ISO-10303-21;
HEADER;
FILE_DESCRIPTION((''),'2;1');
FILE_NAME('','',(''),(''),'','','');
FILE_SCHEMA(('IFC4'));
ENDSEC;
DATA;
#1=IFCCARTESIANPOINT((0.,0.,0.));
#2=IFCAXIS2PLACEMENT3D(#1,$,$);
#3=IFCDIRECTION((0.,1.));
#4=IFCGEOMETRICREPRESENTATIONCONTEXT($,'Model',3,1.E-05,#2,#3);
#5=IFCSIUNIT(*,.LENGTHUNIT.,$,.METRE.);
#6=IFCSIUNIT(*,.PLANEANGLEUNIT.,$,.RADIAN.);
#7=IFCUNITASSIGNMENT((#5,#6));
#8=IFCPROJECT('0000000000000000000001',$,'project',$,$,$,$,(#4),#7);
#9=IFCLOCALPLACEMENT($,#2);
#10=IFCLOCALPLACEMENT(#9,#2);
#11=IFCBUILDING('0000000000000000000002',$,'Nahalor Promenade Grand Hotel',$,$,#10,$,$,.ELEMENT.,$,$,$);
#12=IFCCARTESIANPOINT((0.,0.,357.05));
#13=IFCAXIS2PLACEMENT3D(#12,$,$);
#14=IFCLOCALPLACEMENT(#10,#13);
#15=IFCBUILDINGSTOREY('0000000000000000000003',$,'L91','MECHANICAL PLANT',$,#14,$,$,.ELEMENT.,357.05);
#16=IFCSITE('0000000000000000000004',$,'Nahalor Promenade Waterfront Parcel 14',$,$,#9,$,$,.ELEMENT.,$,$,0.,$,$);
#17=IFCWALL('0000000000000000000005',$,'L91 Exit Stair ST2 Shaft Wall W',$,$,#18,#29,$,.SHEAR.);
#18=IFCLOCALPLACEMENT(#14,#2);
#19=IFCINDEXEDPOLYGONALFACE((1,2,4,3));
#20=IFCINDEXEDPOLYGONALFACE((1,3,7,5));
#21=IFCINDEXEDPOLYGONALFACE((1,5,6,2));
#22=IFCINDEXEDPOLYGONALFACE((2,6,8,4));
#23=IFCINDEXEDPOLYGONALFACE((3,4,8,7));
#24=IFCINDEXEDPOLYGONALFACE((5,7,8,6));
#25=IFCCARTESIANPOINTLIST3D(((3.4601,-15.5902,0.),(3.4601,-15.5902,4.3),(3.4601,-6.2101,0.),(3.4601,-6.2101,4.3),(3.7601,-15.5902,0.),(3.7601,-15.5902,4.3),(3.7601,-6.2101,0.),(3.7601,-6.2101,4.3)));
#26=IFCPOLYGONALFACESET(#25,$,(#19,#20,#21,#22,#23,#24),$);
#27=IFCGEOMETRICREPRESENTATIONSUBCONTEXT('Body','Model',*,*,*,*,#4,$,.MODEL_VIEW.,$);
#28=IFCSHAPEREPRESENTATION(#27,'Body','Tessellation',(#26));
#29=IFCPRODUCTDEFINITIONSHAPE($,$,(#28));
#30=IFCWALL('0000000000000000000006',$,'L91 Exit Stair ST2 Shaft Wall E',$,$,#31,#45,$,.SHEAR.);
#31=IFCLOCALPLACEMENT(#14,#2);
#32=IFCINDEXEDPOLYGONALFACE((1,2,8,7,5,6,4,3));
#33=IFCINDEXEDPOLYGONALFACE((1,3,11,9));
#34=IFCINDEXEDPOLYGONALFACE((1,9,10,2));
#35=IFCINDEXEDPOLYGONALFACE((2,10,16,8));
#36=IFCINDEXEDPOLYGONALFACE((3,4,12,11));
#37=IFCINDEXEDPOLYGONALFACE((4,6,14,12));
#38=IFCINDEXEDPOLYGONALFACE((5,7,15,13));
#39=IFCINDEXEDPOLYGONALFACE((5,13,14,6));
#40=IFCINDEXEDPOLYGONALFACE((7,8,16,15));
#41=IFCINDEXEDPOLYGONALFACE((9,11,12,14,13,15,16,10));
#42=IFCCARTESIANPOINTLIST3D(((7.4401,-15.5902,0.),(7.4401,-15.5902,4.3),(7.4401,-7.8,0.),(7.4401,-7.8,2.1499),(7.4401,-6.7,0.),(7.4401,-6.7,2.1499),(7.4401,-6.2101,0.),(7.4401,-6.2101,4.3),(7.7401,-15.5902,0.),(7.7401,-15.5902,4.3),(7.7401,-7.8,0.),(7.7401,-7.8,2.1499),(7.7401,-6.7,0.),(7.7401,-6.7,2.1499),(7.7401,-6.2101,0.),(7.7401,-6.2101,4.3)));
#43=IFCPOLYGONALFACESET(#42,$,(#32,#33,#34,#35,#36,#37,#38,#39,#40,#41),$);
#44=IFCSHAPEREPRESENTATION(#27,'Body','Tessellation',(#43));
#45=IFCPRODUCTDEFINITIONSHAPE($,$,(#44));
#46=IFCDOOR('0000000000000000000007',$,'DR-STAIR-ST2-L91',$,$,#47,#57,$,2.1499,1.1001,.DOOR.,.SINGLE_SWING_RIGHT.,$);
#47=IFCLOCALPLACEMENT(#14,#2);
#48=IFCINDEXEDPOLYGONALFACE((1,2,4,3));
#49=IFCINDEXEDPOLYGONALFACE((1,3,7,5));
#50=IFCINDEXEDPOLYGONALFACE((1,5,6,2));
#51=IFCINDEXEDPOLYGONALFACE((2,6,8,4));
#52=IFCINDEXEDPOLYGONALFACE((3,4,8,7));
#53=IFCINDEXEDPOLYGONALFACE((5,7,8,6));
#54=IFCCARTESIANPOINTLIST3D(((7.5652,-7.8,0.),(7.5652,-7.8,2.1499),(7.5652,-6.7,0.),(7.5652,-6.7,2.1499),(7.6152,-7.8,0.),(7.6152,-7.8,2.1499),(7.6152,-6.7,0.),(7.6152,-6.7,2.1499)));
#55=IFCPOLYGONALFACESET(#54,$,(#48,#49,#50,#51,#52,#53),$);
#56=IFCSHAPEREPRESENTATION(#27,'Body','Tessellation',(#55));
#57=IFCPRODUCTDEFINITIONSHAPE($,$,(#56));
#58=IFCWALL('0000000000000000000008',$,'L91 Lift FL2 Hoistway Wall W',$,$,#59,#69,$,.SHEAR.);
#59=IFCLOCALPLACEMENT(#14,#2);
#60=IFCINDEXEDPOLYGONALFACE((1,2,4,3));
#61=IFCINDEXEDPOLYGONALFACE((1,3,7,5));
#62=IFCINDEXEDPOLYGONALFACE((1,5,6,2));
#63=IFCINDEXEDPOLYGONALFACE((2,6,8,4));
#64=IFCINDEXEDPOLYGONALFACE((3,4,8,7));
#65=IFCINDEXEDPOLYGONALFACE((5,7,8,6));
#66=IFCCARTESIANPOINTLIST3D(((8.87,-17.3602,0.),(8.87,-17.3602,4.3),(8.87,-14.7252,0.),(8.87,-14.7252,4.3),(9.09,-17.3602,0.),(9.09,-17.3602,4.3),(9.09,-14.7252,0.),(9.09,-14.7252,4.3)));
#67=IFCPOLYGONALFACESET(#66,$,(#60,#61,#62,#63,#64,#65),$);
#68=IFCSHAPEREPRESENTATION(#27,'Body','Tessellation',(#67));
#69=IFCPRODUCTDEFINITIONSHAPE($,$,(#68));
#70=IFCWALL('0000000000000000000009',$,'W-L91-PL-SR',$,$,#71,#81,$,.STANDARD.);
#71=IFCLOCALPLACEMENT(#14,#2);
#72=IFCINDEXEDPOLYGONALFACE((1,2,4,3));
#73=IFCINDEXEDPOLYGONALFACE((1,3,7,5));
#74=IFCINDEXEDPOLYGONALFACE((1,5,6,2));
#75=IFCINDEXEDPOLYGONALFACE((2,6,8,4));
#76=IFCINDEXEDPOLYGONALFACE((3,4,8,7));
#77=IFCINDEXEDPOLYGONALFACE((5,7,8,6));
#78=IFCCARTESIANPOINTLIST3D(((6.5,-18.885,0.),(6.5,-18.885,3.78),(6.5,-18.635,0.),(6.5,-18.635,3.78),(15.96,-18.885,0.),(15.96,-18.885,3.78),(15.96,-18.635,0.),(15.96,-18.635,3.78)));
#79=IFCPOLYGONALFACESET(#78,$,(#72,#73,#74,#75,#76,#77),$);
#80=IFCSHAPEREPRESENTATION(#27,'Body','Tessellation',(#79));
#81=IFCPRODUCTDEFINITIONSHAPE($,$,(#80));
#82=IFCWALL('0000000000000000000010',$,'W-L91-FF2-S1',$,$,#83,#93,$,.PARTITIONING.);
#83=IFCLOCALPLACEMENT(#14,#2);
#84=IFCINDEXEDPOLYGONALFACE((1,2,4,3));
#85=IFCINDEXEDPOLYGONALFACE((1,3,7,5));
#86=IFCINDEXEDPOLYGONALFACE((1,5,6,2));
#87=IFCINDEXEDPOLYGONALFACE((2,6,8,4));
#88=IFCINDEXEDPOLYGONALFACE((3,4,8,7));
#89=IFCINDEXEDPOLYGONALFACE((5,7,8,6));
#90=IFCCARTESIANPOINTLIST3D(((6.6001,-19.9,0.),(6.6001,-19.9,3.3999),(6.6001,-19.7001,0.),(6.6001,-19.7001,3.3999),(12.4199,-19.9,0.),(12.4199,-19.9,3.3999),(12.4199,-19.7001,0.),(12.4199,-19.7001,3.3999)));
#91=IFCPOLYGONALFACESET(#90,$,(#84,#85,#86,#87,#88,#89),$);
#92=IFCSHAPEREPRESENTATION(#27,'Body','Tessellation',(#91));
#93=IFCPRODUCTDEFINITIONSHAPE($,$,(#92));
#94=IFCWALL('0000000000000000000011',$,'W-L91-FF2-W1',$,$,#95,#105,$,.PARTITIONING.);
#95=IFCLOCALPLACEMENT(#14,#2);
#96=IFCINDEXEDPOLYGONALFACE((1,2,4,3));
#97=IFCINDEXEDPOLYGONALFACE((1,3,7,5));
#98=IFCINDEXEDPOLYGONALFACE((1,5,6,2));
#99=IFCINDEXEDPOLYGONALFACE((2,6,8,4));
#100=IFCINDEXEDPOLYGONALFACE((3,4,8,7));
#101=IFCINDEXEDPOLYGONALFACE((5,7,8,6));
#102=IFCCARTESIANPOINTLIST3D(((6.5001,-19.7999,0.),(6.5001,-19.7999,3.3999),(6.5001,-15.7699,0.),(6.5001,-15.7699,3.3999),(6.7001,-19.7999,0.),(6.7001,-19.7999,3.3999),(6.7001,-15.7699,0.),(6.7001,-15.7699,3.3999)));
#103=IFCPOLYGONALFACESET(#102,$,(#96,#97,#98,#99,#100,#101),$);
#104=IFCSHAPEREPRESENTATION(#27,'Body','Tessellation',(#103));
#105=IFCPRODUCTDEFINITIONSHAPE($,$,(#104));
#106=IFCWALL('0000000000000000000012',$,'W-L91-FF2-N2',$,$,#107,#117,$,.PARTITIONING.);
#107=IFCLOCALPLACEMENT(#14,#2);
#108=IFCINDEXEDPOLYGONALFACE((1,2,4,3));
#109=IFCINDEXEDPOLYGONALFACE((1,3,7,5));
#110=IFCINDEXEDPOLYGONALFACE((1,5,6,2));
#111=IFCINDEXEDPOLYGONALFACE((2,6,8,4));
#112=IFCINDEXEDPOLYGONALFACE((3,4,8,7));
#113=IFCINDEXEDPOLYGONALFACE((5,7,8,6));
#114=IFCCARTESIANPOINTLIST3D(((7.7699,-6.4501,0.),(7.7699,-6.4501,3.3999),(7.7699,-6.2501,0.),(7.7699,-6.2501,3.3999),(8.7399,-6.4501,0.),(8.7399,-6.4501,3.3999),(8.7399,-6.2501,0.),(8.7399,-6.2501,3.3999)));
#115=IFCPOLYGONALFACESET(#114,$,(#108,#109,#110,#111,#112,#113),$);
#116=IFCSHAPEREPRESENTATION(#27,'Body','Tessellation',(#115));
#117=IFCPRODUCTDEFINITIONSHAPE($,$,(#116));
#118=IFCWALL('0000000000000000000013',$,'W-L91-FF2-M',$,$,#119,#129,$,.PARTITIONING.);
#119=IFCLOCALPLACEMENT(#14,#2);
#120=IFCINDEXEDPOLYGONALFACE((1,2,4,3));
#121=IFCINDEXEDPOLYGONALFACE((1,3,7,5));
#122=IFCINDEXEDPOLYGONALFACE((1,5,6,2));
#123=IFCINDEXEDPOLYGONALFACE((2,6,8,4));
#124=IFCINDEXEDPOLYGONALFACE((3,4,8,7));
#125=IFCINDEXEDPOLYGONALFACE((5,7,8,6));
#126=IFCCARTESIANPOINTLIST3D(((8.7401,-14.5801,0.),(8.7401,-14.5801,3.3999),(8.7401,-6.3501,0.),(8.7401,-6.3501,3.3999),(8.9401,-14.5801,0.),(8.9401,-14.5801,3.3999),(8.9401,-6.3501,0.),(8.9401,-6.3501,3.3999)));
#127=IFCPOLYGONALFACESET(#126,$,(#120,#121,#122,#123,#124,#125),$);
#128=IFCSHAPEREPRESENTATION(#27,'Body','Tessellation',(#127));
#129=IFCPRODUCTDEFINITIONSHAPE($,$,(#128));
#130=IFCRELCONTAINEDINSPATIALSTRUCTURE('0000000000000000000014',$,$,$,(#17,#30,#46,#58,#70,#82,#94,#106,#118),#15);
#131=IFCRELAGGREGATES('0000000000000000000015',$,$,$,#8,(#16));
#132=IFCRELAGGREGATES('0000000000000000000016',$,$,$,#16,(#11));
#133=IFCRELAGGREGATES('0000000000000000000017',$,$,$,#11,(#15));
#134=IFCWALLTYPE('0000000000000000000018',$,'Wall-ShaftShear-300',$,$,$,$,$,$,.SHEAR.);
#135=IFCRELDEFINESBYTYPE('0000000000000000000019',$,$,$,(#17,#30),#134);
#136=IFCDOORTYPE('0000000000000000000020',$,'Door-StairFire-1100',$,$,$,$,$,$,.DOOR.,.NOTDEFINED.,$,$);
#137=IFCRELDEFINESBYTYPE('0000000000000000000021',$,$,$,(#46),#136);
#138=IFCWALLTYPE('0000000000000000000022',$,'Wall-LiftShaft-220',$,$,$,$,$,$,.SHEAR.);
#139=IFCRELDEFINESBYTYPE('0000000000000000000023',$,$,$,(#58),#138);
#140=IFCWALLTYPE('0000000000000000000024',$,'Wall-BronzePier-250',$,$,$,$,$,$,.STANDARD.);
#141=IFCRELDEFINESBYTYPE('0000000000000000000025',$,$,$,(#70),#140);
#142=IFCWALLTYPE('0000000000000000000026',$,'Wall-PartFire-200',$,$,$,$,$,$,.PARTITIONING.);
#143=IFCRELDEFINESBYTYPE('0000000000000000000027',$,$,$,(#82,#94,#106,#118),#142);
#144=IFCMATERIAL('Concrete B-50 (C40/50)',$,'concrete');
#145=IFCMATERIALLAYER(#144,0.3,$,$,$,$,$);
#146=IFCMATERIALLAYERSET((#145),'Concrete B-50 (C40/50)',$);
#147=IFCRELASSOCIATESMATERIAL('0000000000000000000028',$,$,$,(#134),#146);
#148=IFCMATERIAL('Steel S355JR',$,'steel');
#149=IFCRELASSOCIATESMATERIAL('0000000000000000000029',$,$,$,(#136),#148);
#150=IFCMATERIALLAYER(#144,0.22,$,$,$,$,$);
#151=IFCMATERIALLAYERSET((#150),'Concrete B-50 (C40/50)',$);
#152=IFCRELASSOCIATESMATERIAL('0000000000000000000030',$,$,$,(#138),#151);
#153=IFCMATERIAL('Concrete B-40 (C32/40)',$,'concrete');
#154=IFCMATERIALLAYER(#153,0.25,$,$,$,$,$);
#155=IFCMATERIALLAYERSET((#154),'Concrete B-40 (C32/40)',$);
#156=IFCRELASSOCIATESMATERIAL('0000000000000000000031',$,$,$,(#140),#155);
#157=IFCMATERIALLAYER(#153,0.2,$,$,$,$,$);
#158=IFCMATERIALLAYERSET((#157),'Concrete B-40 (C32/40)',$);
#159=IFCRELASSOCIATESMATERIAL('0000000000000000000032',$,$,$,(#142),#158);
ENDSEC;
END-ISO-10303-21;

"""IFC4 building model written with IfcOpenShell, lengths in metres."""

from ifc_helpers import new_model, si_unit, direction, frame, frame_2d, origin, place, context, subcontext, project, spatial, rectangle, extrude, source, transform, mapped, material, layer, layer_set, type_object, element, fill, save


model = new_model("IFC4")

# Units and contexts
model_context = context("Model", 3, precision=1e-05, world=origin(), true_north=direction((0.0, 1.0)))
body_context = subcontext(model_context, "Body", "Model", "MODEL_VIEW")
ifc_project = project(units=[si_unit("LENGTHUNIT", "METRE"), si_unit("PLANEANGLEUNIT", "RADIAN")], contexts=[model_context])

# Site, building, storey
site_placement = place(None, origin())
site = spatial("IfcSite", under=ifc_project, at=site_placement, Name="Nahalor Promenade Waterfront Parcel 14", CompositionType="ELEMENT", RefElevation=0.0)
building_placement = place(site_placement, origin())
building = spatial("IfcBuilding", under=site, at=building_placement, Name="Nahalor Promenade Grand Hotel", CompositionType="ELEMENT")
storey_placement = place(building_placement, frame((0.0, 0.0, 357.05)))
storey = spatial("IfcBuildingStorey", under=building, at=storey_placement, Name="L91", Description="MECHANICAL PLANT", CompositionType="ELEMENT", Elevation=357.05)

# Shared definitions
ifc_material_1 = material(Name="Concrete B-50 (C40/50)", Category="concrete")

# Shared definitions
ifc_material_2 = material(Name="Steel S355JR", Category="steel")

# Wall
ifc_layer_1 = layer(ifc_material_1, 0.3)
ifc_layer_set_1 = layer_set([ifc_layer_1], Name="Concrete B-50 (C40/50)")
wall_type_1 = type_object("IfcWallType", Name="Wall-ShaftShear-300", PredefinedType="SHEAR", material=ifc_layer_set_1)
shared_shape_1 = source(origin(), body_context, "Body", "SweptSolid", [
    extrude(rectangle(XDim=9.3801, YDim=0.3, at=frame_2d((4.6899, 0.0))), origin(), (0.0, 0.0, 1.0), 4.3),
])
wall_1_placement = place(storey_placement, frame((3.6101, -15.5901, 0.0), z_axis=(0.0, 0.0, 1.0), x_axis=(0.0, 1.0, 0.0)))
element("IfcWall", 1, at=wall_1_placement, inside=storey, type_object=wall_type_1, Name="L91 Exit Stair ST2 Shaft Wall W", PredefinedType="SHEAR", context=body_context, shape_type="MappedRepresentation", body=[
    mapped(shared_shape_1, transform((0.0, 0.0, 0.0), scale=1.0)),
])

# Wall, opening, door
wall_2_placement = place(storey_placement, frame((7.5901, -15.5901, 0.0), z_axis=(0.0, 0.0, 1.0), x_axis=(0.0, 1.0, 0.0)))
wall_2 = element("IfcWall", 2, at=wall_2_placement, inside=storey, type_object=wall_type_1, Name="L91 Exit Stair ST2 Shaft Wall E", PredefinedType="SHEAR", context=body_context, shape_type="MappedRepresentation", body=[
    mapped(shared_shape_1, transform((0.0, 0.0, 0.0), scale=1.0)),
])
opening_placement = place(wall_2_placement, frame((7.79, 0.0, 0.0)))
opening = element("IfcOpeningElement", 3, at=opening_placement, cuts=wall_2, PredefinedType="OPENING", context=body_context, shape_type="SweptSolid", body=[
    extrude(rectangle(XDim=1.1001, YDim=2.1499, at=frame_2d((0.55, 1.075))), frame((0.0, 0.1599, 0.0), z_axis=(0.0, -1.0, 0.0), x_axis=(1.0, 0.0, 0.0)), (0.0, 0.0, 1.0), 0.3201),
])
door_type = type_object("IfcDoorType", Name="Door-StairFire-1100", OperationType="NOTDEFINED", PredefinedType="DOOR", material=ifc_material_2)
shared_shape_2 = source(origin(), body_context, "Body", "SweptSolid", [
    extrude(rectangle(XDim=1.1001, YDim=2.1499, at=frame_2d((0.55, 1.075))), frame((0.0, 0.0249, 0.0), z_axis=(0.0, -1.0, 0.0), x_axis=(1.0, 0.0, 0.0)), (0.0, 0.0, 1.0), 0.05),
])
door_placement = place(opening_placement, origin())
door = element("IfcDoor", 4, at=door_placement, inside=storey, type_object=door_type, Name="DR-STAIR-ST2-L91", OperationType="SINGLE_SWING_RIGHT", OverallHeight=2.1499, OverallWidth=1.1001, PredefinedType="DOOR", context=body_context, shape_type="MappedRepresentation", body=[
    mapped(shared_shape_2, transform((0.0, 0.0, 0.0), scale=1.0)),
])
fill(opening, door)

# Walls
ifc_layer_2 = layer(ifc_material_1, 0.22)
ifc_layer_set_2 = layer_set([ifc_layer_2], Name="Concrete B-50 (C40/50)")
wall_type_2 = type_object("IfcWallType", Name="Wall-LiftShaft-220", PredefinedType="SHEAR", material=ifc_layer_set_2)
shared_shape_3 = source(origin(), body_context, "Body", "SweptSolid", [
    extrude(rectangle(XDim=2.635, YDim=0.22, at=frame_2d((1.3174, 0.0))), origin(), (0.0, 0.0, 1.0), 4.3),
])
wall_3_placement = place(storey_placement, frame((8.98, -17.3601, 0.0), z_axis=(0.0, 0.0, 1.0), x_axis=(0.0, 1.0, 0.0)))
element("IfcWall", 5, at=wall_3_placement, inside=storey, type_object=wall_type_2, Name="L91 Lift FL2 Hoistway Wall W", PredefinedType="SHEAR", context=body_context, shape_type="MappedRepresentation", body=[
    mapped(shared_shape_3, transform((0.0, 0.0, 0.0), scale=1.0)),
])
ifc_material_3 = material(Name="Concrete B-40 (C32/40)", Category="concrete")
ifc_layer_3 = layer(ifc_material_3, 0.25)
ifc_layer_set_3 = layer_set([ifc_layer_3], Name="Concrete B-40 (C32/40)")
wall_type_3 = type_object("IfcWallType", Name="Wall-BronzePier-250", PredefinedType="STANDARD", material=ifc_layer_set_3)
shared_shape_4 = source(origin(), body_context, "Body", "SweptSolid", [
    extrude(rectangle(XDim=9.46, YDim=0.25, at=frame_2d((4.73, 0.0))), origin(), (0.0, 0.0, 1.0), 3.78),
])
wall_4_placement = place(storey_placement, frame((6.5, -18.76, 0.0), z_axis=(0.0, 0.0, 1.0), x_axis=(1.0, 0.0, 0.0)))
element("IfcWall", 6, at=wall_4_placement, inside=storey, type_object=wall_type_3, Name="W-L91-PL-SR", PredefinedType="STANDARD", context=body_context, shape_type="MappedRepresentation", body=[
    mapped(shared_shape_4, transform((0.0, 0.0, 0.0), scale=1.0)),
])
ifc_layer_4 = layer(ifc_material_3, 0.2)
ifc_layer_set_4 = layer_set([ifc_layer_4], Name="Concrete B-40 (C32/40)")
wall_type_4 = type_object("IfcWallType", Name="Wall-PartFire-200", PredefinedType="PARTITIONING", material=ifc_layer_set_4)
shared_shape_5 = source(origin(), body_context, "Body", "SweptSolid", [
    extrude(rectangle(XDim=5.8198, YDim=0.2, at=frame_2d((2.9099, 0.0))), origin(), (0.0, 0.0, 1.0), 3.3999),
])
wall_5_placement = place(storey_placement, frame((6.6001, -19.8, 0.0), z_axis=(0.0, 0.0, 1.0), x_axis=(1.0, 0.0, 0.0)))
element("IfcWall", 7, at=wall_5_placement, inside=storey, type_object=wall_type_4, Name="W-L91-FF2-S1", PredefinedType="PARTITIONING", context=body_context, shape_type="MappedRepresentation", body=[
    mapped(shared_shape_5, transform((0.0, 0.0, 0.0), scale=1.0)),
])
shared_shape_6 = source(origin(), body_context, "Body", "SweptSolid", [
    extrude(rectangle(XDim=4.03, YDim=0.2, at=frame_2d((2.0151, 0.0))), origin(), (0.0, 0.0, 1.0), 3.3999),
])
wall_6_placement = place(storey_placement, frame((6.6001, -19.8, 0.0), z_axis=(0.0, 0.0, 1.0), x_axis=(0.0, 1.0, 0.0)))
element("IfcWall", 8, at=wall_6_placement, inside=storey, type_object=wall_type_4, Name="W-L91-FF2-W1", PredefinedType="PARTITIONING", context=body_context, shape_type="MappedRepresentation", body=[
    mapped(shared_shape_6, transform((0.0, 0.0, 0.0), scale=1.0)),
])
shared_shape_7 = source(origin(), body_context, "Body", "SweptSolid", [
    extrude(rectangle(XDim=0.97, YDim=0.2, at=frame_2d((0.4849, 0.0))), origin(), (0.0, 0.0, 1.0), 3.3999),
])
wall_7_placement = place(storey_placement, frame((7.77, -6.3501, 0.0), z_axis=(0.0, 0.0, 1.0), x_axis=(1.0, 0.0, 0.0)))
element("IfcWall", 9, at=wall_7_placement, inside=storey, type_object=wall_type_4, Name="W-L91-FF2-N2", PredefinedType="PARTITIONING", context=body_context, shape_type="MappedRepresentation", body=[
    mapped(shared_shape_7, transform((0.0, 0.0, 0.0), scale=1.0)),
])
shared_shape_8 = source(origin(), body_context, "Body", "SweptSolid", [
    extrude(rectangle(XDim=8.23, YDim=0.2, at=frame_2d((4.115, 0.0))), origin(), (0.0, 0.0, 1.0), 3.3999),
])
wall_8_placement = place(storey_placement, frame((8.8401, -14.5801, 0.0), z_axis=(0.0, 0.0, 1.0), x_axis=(0.0, 1.0, 0.0)))
element("IfcWall", 10, at=wall_8_placement, inside=storey, type_object=wall_type_4, Name="W-L91-FF2-M", PredefinedType="PARTITIONING", context=body_context, shape_type="MappedRepresentation", body=[
    mapped(shared_shape_8, transform((0.0, 0.0, 0.0), scale=1.0)),
])

save(model, "model.ifc")
